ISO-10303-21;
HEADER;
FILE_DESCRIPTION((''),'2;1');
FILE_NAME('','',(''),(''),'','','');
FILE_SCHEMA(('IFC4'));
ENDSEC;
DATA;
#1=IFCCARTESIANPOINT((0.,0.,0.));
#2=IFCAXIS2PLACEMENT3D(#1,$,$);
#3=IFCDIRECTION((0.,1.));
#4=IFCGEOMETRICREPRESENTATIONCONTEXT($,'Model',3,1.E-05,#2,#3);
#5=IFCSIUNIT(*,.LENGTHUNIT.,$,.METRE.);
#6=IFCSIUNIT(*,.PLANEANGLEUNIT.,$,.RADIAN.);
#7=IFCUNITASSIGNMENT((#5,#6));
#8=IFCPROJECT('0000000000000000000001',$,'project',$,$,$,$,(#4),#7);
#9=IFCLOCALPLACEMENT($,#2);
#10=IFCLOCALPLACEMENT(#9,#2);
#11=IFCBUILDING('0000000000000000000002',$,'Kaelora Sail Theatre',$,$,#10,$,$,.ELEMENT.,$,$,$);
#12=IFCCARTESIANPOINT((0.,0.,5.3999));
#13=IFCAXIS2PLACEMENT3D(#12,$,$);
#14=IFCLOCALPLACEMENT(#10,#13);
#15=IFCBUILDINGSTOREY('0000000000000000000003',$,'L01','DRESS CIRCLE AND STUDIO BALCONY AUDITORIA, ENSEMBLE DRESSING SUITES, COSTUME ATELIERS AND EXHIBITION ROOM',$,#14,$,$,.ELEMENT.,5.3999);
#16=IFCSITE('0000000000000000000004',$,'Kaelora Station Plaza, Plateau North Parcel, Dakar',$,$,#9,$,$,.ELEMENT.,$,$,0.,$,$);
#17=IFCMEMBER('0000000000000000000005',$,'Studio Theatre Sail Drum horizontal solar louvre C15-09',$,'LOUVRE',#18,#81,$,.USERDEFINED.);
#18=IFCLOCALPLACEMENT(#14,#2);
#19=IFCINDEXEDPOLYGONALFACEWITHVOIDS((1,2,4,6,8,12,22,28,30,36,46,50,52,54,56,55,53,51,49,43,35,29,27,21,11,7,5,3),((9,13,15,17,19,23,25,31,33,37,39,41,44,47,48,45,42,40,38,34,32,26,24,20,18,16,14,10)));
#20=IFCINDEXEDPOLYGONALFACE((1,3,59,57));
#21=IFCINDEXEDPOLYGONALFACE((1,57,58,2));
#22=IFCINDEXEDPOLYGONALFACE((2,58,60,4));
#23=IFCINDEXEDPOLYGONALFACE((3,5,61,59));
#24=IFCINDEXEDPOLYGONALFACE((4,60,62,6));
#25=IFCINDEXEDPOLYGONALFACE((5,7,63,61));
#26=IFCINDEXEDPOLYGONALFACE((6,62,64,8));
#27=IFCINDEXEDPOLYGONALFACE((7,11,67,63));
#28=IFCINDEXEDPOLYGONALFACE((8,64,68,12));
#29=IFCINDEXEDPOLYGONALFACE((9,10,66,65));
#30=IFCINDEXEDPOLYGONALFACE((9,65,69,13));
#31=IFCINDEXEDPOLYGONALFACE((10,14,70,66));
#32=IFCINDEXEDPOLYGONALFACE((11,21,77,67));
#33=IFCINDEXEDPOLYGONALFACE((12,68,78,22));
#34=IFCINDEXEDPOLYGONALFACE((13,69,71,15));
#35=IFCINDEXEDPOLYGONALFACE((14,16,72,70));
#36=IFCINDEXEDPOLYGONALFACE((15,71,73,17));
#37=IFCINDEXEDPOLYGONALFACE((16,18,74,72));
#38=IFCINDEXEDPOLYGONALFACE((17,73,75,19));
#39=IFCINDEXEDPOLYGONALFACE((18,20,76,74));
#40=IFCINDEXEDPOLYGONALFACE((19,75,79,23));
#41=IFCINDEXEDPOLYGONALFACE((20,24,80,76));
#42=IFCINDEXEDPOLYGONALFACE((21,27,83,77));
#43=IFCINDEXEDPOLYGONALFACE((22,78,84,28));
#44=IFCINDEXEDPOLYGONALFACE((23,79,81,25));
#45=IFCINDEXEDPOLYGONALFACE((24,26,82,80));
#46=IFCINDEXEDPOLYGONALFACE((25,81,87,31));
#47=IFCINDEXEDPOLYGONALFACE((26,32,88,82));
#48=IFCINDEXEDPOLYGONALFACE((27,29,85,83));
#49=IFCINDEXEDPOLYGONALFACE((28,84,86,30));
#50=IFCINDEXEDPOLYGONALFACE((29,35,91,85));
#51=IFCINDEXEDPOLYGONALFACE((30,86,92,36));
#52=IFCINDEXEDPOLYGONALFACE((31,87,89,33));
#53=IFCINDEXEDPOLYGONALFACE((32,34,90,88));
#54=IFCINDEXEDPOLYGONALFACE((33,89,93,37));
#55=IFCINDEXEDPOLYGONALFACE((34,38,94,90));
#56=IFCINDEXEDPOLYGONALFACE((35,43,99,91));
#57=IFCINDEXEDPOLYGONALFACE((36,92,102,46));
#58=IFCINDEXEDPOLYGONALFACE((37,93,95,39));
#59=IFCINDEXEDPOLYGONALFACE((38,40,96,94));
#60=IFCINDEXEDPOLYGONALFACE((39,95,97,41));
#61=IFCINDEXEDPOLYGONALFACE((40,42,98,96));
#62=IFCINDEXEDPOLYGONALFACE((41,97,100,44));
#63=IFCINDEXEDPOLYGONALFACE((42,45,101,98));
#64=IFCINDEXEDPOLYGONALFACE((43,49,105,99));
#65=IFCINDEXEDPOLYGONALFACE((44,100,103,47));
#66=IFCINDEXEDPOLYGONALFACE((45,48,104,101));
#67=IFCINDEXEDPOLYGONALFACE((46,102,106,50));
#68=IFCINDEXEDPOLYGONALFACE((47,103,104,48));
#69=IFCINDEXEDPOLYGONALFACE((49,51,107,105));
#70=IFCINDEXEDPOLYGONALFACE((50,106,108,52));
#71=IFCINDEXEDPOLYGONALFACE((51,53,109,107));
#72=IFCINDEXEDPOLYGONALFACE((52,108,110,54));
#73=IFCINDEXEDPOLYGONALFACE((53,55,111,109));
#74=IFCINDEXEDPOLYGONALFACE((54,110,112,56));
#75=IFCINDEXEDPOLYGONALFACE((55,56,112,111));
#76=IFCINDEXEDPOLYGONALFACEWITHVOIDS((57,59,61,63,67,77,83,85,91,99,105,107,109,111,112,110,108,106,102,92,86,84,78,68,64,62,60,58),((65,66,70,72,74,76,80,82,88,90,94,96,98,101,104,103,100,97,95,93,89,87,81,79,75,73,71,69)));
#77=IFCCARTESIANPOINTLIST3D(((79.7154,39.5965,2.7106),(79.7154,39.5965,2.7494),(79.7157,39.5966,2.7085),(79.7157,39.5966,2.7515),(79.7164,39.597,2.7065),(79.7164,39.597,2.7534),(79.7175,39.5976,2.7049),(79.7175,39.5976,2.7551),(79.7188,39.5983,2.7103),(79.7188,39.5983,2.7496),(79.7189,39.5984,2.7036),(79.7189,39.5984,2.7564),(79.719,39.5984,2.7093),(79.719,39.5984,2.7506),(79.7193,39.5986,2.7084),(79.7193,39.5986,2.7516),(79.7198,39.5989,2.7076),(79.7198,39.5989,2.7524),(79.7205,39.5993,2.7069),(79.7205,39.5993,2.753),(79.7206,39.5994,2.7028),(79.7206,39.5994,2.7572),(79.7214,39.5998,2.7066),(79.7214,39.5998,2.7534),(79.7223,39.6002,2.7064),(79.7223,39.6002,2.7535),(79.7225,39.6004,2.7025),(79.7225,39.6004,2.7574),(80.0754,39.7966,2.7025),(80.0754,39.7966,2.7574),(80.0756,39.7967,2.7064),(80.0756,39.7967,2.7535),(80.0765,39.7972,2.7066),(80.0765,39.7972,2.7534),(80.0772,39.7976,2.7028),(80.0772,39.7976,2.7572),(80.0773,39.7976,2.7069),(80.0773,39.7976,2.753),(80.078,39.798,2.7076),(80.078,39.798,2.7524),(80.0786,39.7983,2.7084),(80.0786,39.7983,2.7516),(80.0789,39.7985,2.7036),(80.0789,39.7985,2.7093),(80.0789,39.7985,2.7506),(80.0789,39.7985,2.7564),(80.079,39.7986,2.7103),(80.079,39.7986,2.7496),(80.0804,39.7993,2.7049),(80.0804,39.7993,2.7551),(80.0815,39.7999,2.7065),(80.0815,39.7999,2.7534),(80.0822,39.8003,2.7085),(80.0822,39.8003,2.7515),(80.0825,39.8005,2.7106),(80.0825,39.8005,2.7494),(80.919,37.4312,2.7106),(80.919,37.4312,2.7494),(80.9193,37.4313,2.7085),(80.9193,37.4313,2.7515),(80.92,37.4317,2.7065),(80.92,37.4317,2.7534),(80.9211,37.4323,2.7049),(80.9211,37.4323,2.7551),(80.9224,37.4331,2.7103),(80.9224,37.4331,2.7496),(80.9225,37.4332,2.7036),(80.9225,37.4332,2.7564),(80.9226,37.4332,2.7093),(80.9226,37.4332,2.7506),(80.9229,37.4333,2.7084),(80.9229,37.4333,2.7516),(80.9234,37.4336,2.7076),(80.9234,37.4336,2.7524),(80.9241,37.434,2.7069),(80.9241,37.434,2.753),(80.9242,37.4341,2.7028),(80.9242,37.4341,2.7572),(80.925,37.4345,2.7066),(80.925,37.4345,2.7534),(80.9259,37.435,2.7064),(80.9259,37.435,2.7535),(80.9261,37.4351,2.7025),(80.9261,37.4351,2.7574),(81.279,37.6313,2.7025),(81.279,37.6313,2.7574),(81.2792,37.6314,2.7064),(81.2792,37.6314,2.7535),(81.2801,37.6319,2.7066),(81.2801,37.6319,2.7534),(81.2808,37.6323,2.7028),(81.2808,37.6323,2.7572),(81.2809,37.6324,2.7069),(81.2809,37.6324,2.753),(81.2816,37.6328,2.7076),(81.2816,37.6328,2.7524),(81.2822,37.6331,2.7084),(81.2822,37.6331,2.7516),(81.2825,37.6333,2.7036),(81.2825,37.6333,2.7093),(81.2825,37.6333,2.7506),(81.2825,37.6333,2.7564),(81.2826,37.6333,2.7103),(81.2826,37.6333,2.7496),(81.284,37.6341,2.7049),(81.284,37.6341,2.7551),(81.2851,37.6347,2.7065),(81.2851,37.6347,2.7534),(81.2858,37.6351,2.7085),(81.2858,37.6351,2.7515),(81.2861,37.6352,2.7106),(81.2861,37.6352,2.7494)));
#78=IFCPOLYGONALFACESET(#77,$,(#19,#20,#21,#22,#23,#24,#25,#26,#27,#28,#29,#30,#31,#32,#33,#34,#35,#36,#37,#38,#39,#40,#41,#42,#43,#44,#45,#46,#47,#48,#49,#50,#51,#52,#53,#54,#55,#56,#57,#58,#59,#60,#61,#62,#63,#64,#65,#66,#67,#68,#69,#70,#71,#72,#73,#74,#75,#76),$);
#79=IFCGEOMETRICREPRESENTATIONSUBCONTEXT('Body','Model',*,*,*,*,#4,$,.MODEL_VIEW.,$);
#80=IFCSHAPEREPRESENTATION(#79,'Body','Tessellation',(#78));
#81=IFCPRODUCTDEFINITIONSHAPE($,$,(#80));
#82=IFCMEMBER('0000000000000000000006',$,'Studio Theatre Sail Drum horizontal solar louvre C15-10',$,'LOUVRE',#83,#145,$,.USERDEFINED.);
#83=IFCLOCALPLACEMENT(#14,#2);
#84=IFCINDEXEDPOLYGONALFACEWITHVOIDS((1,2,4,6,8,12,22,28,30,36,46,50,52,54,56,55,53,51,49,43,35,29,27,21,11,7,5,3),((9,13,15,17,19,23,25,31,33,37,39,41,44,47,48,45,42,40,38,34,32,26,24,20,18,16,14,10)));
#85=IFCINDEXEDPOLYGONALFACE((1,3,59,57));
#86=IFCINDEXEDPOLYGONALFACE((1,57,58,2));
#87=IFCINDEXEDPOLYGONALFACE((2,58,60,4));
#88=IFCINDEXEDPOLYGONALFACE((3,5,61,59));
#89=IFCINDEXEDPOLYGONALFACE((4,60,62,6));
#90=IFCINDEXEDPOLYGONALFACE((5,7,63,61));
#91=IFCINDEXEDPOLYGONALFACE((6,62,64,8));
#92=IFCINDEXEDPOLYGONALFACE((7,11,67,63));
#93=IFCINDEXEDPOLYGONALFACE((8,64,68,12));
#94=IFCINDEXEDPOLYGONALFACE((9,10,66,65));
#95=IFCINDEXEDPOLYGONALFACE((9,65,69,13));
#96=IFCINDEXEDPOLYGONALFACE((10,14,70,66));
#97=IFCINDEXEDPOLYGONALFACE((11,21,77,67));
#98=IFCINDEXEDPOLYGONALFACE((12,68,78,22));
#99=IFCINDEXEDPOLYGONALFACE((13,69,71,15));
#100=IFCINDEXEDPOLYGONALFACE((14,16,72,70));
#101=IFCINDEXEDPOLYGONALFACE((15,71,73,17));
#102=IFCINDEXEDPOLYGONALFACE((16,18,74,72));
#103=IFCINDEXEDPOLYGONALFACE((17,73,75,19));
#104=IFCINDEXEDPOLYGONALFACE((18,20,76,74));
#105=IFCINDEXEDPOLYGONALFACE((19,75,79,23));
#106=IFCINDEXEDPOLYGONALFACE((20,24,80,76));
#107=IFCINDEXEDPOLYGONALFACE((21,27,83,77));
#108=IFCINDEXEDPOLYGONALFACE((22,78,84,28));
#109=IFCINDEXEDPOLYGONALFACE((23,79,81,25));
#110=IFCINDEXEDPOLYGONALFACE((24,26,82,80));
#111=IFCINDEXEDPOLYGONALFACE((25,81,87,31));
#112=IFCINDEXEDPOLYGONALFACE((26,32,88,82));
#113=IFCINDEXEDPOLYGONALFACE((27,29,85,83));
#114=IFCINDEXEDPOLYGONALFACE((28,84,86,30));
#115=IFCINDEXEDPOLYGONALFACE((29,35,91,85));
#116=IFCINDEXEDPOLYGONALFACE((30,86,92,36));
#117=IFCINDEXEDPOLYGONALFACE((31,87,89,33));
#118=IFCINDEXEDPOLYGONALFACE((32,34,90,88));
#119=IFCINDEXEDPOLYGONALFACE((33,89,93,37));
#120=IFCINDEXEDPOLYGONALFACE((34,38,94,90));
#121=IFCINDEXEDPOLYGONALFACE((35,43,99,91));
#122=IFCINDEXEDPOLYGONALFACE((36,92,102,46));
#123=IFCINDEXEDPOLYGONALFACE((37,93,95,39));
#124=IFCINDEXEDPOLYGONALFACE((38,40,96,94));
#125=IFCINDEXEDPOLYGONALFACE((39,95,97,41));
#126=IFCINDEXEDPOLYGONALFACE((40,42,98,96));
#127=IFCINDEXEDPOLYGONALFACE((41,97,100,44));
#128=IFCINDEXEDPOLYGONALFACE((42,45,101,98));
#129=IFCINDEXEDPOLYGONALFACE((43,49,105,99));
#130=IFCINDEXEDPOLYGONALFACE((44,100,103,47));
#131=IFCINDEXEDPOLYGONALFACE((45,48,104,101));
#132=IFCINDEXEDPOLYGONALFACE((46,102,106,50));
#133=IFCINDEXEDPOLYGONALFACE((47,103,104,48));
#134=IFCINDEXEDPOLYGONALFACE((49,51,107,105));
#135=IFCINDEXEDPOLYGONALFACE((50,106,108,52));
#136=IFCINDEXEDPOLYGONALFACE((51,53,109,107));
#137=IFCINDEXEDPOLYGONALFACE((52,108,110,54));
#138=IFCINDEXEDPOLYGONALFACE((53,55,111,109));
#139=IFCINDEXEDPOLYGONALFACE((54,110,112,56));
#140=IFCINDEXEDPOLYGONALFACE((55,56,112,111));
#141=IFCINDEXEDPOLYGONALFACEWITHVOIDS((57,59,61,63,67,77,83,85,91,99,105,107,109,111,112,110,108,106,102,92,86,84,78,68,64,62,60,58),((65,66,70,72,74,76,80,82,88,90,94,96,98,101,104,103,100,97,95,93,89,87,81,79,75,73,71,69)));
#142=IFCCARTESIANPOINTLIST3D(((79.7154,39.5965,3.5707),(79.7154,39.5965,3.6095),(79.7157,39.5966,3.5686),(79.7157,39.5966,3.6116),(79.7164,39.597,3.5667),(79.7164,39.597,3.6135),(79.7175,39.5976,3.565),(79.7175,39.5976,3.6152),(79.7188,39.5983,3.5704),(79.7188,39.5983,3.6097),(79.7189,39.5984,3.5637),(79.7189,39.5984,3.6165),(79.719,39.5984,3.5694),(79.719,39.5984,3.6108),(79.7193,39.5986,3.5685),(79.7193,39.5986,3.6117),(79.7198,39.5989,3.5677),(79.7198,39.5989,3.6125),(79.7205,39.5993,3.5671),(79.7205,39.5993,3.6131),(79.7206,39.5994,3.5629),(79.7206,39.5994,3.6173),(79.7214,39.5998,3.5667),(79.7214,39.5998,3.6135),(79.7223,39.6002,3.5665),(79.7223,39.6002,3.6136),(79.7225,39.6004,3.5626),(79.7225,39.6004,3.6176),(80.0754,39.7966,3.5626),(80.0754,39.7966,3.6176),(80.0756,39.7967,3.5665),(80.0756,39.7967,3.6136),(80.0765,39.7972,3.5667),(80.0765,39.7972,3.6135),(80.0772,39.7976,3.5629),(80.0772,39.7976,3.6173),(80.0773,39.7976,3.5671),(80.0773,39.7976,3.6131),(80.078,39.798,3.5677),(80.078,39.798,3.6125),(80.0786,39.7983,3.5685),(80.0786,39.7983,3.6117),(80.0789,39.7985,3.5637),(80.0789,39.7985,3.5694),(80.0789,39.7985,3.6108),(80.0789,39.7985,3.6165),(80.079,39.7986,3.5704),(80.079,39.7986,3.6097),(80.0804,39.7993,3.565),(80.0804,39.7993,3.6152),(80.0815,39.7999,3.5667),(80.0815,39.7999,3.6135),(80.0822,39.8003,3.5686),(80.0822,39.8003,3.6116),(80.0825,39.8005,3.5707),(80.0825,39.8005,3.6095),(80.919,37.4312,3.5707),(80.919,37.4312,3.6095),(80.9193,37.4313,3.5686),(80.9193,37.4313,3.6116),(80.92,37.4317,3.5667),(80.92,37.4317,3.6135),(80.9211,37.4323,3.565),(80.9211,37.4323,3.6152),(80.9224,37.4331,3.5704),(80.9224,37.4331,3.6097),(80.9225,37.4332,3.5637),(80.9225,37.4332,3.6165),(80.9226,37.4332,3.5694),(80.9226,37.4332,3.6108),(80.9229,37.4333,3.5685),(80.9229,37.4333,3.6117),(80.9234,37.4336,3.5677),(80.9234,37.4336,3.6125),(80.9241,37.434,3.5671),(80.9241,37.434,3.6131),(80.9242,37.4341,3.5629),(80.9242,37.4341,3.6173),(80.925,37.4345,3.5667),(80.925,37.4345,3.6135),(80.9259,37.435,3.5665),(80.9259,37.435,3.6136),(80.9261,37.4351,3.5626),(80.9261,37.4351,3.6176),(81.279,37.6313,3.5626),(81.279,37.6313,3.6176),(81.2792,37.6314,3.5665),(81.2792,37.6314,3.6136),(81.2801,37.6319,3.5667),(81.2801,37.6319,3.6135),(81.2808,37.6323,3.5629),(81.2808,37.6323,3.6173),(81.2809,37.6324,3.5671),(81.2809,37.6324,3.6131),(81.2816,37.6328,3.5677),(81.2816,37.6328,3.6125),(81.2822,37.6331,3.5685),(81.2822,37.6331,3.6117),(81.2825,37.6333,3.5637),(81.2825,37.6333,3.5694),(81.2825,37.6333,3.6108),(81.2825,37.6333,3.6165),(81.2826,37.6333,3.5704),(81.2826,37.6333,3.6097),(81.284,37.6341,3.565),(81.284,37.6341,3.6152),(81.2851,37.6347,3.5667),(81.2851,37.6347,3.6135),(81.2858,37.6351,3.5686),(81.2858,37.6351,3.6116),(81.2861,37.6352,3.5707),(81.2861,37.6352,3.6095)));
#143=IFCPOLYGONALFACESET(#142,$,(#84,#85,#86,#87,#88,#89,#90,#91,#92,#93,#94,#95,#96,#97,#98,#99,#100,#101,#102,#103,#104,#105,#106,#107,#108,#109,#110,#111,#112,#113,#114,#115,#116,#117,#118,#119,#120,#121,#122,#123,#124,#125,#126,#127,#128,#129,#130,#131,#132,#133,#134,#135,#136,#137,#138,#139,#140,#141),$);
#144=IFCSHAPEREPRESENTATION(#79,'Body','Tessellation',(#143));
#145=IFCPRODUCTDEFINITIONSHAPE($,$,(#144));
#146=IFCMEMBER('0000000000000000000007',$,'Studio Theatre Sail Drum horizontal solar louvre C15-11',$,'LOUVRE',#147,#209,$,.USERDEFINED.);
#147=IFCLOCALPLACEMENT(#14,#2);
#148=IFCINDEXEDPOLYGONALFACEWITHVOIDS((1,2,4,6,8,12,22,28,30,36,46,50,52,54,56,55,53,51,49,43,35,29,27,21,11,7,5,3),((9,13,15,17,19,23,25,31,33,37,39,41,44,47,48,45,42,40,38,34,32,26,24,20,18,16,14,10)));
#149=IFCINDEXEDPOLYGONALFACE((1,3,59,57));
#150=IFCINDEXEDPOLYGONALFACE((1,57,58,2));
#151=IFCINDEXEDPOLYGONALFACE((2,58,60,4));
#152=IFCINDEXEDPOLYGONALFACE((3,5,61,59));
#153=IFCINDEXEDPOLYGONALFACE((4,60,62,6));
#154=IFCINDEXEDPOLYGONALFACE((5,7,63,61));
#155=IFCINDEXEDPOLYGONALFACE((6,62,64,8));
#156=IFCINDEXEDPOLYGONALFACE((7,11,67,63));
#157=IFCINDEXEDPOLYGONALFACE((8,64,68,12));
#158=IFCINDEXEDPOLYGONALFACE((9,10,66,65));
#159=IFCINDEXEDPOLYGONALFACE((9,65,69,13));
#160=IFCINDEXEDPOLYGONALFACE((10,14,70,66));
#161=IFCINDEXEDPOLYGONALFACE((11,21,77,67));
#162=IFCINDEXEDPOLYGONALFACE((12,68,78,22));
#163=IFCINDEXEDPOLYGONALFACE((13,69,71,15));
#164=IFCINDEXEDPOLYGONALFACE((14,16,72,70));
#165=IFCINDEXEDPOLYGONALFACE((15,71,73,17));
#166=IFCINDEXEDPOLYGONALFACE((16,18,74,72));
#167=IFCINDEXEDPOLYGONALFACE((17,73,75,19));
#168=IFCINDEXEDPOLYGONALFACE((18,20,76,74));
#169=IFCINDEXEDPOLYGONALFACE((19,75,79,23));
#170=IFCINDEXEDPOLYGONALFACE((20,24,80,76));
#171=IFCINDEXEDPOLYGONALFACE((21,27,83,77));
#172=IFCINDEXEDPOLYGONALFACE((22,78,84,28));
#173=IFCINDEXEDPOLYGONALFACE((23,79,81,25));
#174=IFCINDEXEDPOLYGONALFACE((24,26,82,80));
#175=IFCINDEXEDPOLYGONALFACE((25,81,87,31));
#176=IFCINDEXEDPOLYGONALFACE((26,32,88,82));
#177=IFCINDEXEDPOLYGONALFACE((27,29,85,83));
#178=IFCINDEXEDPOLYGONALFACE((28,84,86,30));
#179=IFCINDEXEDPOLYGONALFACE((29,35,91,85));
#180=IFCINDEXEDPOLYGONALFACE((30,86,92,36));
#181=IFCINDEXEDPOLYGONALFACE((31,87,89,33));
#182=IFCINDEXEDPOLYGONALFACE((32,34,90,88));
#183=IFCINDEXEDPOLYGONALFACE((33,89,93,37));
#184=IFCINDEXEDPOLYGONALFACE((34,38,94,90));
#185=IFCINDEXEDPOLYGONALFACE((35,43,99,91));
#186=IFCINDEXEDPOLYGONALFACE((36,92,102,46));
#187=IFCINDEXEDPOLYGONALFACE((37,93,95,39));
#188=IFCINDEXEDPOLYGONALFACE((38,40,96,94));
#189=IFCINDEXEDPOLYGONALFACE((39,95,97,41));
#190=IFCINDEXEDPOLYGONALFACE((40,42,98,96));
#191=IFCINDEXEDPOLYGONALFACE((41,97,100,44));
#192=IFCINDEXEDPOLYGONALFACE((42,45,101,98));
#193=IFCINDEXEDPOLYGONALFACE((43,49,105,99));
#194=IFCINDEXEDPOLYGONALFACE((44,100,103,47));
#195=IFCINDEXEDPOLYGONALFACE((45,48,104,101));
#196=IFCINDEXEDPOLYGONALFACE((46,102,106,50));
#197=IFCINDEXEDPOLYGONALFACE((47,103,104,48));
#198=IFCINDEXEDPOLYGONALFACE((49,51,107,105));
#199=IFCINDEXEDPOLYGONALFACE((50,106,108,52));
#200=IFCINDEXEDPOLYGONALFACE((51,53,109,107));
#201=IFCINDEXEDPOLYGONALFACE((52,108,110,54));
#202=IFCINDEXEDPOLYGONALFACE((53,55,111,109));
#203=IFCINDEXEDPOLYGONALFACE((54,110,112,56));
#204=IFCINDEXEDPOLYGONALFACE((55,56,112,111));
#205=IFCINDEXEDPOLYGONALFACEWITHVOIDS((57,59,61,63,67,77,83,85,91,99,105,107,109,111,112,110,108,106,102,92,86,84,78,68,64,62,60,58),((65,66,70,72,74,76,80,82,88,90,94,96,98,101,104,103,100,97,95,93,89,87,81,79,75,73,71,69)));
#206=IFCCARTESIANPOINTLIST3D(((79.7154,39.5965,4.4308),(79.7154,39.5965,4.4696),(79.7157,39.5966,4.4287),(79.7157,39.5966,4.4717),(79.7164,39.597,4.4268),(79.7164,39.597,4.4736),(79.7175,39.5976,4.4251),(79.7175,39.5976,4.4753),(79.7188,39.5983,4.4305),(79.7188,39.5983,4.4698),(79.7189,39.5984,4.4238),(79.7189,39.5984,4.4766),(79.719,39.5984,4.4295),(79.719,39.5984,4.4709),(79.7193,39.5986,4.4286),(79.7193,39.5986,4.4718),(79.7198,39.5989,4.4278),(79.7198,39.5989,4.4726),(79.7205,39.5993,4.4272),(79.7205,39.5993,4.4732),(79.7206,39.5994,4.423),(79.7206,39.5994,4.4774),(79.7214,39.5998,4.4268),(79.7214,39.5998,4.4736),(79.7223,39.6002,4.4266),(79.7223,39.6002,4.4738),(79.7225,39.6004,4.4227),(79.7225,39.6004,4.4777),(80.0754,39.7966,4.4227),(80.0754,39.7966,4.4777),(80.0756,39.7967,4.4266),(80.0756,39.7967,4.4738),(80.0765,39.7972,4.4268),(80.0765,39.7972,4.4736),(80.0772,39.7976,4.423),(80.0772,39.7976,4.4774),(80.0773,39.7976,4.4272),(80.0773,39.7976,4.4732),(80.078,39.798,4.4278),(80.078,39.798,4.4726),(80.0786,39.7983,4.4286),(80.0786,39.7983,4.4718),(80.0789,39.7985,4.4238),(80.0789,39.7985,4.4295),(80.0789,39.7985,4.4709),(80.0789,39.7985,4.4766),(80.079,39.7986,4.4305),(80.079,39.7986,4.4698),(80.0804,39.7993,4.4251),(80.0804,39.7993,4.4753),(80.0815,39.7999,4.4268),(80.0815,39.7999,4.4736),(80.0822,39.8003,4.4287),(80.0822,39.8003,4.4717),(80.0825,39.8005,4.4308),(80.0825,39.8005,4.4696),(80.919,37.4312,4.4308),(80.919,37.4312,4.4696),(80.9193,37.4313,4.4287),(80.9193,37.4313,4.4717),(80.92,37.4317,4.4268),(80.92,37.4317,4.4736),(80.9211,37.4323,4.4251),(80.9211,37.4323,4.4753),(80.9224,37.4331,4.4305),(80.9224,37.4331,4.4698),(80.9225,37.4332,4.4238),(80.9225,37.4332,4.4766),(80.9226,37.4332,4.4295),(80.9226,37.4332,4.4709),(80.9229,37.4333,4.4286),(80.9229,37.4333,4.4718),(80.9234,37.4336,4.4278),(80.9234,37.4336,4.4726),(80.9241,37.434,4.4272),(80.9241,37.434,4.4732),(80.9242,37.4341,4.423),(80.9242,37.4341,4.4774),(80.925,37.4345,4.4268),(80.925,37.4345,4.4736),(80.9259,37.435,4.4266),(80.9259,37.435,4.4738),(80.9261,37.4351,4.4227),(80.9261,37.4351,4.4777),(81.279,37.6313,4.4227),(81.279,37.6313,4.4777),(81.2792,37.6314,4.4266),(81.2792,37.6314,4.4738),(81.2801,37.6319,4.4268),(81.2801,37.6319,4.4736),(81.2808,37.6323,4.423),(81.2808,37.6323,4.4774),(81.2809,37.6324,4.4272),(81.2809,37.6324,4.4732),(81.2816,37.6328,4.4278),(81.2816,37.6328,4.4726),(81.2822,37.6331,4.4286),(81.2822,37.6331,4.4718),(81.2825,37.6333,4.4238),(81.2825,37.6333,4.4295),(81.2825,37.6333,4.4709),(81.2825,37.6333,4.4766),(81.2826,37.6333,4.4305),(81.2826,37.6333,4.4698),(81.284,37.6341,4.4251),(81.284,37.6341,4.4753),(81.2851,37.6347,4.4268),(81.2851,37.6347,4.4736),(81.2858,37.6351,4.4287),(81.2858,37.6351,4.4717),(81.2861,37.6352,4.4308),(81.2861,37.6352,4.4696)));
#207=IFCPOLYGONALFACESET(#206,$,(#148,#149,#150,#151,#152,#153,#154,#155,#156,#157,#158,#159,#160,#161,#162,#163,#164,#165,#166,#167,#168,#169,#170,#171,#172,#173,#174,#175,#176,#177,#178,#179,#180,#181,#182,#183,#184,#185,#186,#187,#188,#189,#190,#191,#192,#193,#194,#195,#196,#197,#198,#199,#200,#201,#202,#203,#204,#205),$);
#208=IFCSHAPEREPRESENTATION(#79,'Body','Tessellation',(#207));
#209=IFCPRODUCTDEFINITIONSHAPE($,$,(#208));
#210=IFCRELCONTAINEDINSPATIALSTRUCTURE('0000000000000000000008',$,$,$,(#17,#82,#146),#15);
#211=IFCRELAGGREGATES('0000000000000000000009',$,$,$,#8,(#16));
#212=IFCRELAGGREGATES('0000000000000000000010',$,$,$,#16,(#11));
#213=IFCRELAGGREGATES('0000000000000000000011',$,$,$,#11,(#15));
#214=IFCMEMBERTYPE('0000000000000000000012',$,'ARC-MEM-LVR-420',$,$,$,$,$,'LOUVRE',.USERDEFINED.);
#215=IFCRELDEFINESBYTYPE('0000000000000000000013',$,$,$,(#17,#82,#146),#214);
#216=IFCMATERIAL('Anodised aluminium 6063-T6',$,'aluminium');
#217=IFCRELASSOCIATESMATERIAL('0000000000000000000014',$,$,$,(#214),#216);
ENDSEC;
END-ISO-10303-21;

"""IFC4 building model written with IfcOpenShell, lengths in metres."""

from ifc_helpers import new_model, si_unit, direction, frame, origin, origin_2d, place, context, subcontext, project, spatial, hollow_rectangle, extrude, material, material_profile, profile_set, type_object, element, save


model = new_model("IFC4")

# Units and contexts
model_context = context("Model", 3, precision=1e-05, world=origin(), true_north=direction((0.0, 1.0)))
body_context = subcontext(model_context, "Body", "Model", "MODEL_VIEW")
ifc_project = project(units=[si_unit("LENGTHUNIT", "METRE"), si_unit("PLANEANGLEUNIT", "RADIAN")], contexts=[model_context])

# Site, building, storey
site_placement = place(None, origin())
site = spatial("IfcSite", under=ifc_project, at=site_placement, Name="Kaelora Station Plaza, Plateau North Parcel, Dakar", CompositionType="ELEMENT", RefElevation=0.0)
building_placement = place(site_placement, origin())
building = spatial("IfcBuilding", under=site, at=building_placement, Name="Kaelora Sail Theatre", CompositionType="ELEMENT")
storey_placement = place(building_placement, frame((0.0, 0.0, 5.3999)))
storey = spatial("IfcBuildingStorey", under=building, at=storey_placement, Name="L01", Description="DRESS CIRCLE AND STUDIO BALCONY AUDITORIA, ENSEMBLE DRESSING SUITES, COSTUME ATELIERS AND EXHIBITION ROOM", CompositionType="ELEMENT", Elevation=5.3999)

# Members
ifc_material_1 = material(Name="Anodised aluminium 6063-T6", Category="aluminium")
ifc_material_profile_1 = material_profile(ifc_material_1, hollow_rectangle(XDim=0.4199, YDim=0.0549, WallThickness=0.0039, InnerFilletRadius=0.0039, OuterFilletRadius=0.0081, at=origin_2d()), Name="LOUVRE 420x55x4")
ifc_profile_set_1 = profile_set([ifc_material_profile_1], Name="Anodised aluminium 6063-T6")
member_type = type_object("IfcMemberType", Name="ARC-MEM-LVR-420", ElementType="LOUVRE", PredefinedType="USERDEFINED", material=ifc_profile_set_1)
for number, where, z_axis, x_axis, name in (
    (1, (81.1025, 37.5332, 2.73), (-0.485852, 0.874041, 0.0), (-0.874041, -0.485852, 0.0), "Studio Theatre Sail Drum horizontal solar louvre C15-09"),
    (2, (81.1025, 37.5332, 3.5901), (-0.485852, 0.874041, 0.0), (-0.874041, -0.485852, 0.0), "Studio Theatre Sail Drum horizontal solar louvre C15-10"),
    (3, (81.1025, 37.5332, 4.4502), (-0.485852, 0.874041, 0.0), (-0.874041, -0.485852, 0.0), "Studio Theatre Sail Drum horizontal solar louvre C15-11"),
):
    element("IfcMember", number, at=place(storey_placement, frame(where, z_axis=z_axis, x_axis=x_axis)), inside=storey, type_object=member_type, Name=name, ObjectType="LOUVRE", PredefinedType="USERDEFINED", context=body_context, shape_type="SweptSolid", body=[
        extrude(hollow_rectangle(XDim=0.4199, YDim=0.0549, WallThickness=0.0039, InnerFilletRadius=0.0039, OuterFilletRadius=0.0081, at=origin_2d()), origin(), (0.0, 0.0, 1.0), 2.4773),
    ])

save(model, "model.ifc")
